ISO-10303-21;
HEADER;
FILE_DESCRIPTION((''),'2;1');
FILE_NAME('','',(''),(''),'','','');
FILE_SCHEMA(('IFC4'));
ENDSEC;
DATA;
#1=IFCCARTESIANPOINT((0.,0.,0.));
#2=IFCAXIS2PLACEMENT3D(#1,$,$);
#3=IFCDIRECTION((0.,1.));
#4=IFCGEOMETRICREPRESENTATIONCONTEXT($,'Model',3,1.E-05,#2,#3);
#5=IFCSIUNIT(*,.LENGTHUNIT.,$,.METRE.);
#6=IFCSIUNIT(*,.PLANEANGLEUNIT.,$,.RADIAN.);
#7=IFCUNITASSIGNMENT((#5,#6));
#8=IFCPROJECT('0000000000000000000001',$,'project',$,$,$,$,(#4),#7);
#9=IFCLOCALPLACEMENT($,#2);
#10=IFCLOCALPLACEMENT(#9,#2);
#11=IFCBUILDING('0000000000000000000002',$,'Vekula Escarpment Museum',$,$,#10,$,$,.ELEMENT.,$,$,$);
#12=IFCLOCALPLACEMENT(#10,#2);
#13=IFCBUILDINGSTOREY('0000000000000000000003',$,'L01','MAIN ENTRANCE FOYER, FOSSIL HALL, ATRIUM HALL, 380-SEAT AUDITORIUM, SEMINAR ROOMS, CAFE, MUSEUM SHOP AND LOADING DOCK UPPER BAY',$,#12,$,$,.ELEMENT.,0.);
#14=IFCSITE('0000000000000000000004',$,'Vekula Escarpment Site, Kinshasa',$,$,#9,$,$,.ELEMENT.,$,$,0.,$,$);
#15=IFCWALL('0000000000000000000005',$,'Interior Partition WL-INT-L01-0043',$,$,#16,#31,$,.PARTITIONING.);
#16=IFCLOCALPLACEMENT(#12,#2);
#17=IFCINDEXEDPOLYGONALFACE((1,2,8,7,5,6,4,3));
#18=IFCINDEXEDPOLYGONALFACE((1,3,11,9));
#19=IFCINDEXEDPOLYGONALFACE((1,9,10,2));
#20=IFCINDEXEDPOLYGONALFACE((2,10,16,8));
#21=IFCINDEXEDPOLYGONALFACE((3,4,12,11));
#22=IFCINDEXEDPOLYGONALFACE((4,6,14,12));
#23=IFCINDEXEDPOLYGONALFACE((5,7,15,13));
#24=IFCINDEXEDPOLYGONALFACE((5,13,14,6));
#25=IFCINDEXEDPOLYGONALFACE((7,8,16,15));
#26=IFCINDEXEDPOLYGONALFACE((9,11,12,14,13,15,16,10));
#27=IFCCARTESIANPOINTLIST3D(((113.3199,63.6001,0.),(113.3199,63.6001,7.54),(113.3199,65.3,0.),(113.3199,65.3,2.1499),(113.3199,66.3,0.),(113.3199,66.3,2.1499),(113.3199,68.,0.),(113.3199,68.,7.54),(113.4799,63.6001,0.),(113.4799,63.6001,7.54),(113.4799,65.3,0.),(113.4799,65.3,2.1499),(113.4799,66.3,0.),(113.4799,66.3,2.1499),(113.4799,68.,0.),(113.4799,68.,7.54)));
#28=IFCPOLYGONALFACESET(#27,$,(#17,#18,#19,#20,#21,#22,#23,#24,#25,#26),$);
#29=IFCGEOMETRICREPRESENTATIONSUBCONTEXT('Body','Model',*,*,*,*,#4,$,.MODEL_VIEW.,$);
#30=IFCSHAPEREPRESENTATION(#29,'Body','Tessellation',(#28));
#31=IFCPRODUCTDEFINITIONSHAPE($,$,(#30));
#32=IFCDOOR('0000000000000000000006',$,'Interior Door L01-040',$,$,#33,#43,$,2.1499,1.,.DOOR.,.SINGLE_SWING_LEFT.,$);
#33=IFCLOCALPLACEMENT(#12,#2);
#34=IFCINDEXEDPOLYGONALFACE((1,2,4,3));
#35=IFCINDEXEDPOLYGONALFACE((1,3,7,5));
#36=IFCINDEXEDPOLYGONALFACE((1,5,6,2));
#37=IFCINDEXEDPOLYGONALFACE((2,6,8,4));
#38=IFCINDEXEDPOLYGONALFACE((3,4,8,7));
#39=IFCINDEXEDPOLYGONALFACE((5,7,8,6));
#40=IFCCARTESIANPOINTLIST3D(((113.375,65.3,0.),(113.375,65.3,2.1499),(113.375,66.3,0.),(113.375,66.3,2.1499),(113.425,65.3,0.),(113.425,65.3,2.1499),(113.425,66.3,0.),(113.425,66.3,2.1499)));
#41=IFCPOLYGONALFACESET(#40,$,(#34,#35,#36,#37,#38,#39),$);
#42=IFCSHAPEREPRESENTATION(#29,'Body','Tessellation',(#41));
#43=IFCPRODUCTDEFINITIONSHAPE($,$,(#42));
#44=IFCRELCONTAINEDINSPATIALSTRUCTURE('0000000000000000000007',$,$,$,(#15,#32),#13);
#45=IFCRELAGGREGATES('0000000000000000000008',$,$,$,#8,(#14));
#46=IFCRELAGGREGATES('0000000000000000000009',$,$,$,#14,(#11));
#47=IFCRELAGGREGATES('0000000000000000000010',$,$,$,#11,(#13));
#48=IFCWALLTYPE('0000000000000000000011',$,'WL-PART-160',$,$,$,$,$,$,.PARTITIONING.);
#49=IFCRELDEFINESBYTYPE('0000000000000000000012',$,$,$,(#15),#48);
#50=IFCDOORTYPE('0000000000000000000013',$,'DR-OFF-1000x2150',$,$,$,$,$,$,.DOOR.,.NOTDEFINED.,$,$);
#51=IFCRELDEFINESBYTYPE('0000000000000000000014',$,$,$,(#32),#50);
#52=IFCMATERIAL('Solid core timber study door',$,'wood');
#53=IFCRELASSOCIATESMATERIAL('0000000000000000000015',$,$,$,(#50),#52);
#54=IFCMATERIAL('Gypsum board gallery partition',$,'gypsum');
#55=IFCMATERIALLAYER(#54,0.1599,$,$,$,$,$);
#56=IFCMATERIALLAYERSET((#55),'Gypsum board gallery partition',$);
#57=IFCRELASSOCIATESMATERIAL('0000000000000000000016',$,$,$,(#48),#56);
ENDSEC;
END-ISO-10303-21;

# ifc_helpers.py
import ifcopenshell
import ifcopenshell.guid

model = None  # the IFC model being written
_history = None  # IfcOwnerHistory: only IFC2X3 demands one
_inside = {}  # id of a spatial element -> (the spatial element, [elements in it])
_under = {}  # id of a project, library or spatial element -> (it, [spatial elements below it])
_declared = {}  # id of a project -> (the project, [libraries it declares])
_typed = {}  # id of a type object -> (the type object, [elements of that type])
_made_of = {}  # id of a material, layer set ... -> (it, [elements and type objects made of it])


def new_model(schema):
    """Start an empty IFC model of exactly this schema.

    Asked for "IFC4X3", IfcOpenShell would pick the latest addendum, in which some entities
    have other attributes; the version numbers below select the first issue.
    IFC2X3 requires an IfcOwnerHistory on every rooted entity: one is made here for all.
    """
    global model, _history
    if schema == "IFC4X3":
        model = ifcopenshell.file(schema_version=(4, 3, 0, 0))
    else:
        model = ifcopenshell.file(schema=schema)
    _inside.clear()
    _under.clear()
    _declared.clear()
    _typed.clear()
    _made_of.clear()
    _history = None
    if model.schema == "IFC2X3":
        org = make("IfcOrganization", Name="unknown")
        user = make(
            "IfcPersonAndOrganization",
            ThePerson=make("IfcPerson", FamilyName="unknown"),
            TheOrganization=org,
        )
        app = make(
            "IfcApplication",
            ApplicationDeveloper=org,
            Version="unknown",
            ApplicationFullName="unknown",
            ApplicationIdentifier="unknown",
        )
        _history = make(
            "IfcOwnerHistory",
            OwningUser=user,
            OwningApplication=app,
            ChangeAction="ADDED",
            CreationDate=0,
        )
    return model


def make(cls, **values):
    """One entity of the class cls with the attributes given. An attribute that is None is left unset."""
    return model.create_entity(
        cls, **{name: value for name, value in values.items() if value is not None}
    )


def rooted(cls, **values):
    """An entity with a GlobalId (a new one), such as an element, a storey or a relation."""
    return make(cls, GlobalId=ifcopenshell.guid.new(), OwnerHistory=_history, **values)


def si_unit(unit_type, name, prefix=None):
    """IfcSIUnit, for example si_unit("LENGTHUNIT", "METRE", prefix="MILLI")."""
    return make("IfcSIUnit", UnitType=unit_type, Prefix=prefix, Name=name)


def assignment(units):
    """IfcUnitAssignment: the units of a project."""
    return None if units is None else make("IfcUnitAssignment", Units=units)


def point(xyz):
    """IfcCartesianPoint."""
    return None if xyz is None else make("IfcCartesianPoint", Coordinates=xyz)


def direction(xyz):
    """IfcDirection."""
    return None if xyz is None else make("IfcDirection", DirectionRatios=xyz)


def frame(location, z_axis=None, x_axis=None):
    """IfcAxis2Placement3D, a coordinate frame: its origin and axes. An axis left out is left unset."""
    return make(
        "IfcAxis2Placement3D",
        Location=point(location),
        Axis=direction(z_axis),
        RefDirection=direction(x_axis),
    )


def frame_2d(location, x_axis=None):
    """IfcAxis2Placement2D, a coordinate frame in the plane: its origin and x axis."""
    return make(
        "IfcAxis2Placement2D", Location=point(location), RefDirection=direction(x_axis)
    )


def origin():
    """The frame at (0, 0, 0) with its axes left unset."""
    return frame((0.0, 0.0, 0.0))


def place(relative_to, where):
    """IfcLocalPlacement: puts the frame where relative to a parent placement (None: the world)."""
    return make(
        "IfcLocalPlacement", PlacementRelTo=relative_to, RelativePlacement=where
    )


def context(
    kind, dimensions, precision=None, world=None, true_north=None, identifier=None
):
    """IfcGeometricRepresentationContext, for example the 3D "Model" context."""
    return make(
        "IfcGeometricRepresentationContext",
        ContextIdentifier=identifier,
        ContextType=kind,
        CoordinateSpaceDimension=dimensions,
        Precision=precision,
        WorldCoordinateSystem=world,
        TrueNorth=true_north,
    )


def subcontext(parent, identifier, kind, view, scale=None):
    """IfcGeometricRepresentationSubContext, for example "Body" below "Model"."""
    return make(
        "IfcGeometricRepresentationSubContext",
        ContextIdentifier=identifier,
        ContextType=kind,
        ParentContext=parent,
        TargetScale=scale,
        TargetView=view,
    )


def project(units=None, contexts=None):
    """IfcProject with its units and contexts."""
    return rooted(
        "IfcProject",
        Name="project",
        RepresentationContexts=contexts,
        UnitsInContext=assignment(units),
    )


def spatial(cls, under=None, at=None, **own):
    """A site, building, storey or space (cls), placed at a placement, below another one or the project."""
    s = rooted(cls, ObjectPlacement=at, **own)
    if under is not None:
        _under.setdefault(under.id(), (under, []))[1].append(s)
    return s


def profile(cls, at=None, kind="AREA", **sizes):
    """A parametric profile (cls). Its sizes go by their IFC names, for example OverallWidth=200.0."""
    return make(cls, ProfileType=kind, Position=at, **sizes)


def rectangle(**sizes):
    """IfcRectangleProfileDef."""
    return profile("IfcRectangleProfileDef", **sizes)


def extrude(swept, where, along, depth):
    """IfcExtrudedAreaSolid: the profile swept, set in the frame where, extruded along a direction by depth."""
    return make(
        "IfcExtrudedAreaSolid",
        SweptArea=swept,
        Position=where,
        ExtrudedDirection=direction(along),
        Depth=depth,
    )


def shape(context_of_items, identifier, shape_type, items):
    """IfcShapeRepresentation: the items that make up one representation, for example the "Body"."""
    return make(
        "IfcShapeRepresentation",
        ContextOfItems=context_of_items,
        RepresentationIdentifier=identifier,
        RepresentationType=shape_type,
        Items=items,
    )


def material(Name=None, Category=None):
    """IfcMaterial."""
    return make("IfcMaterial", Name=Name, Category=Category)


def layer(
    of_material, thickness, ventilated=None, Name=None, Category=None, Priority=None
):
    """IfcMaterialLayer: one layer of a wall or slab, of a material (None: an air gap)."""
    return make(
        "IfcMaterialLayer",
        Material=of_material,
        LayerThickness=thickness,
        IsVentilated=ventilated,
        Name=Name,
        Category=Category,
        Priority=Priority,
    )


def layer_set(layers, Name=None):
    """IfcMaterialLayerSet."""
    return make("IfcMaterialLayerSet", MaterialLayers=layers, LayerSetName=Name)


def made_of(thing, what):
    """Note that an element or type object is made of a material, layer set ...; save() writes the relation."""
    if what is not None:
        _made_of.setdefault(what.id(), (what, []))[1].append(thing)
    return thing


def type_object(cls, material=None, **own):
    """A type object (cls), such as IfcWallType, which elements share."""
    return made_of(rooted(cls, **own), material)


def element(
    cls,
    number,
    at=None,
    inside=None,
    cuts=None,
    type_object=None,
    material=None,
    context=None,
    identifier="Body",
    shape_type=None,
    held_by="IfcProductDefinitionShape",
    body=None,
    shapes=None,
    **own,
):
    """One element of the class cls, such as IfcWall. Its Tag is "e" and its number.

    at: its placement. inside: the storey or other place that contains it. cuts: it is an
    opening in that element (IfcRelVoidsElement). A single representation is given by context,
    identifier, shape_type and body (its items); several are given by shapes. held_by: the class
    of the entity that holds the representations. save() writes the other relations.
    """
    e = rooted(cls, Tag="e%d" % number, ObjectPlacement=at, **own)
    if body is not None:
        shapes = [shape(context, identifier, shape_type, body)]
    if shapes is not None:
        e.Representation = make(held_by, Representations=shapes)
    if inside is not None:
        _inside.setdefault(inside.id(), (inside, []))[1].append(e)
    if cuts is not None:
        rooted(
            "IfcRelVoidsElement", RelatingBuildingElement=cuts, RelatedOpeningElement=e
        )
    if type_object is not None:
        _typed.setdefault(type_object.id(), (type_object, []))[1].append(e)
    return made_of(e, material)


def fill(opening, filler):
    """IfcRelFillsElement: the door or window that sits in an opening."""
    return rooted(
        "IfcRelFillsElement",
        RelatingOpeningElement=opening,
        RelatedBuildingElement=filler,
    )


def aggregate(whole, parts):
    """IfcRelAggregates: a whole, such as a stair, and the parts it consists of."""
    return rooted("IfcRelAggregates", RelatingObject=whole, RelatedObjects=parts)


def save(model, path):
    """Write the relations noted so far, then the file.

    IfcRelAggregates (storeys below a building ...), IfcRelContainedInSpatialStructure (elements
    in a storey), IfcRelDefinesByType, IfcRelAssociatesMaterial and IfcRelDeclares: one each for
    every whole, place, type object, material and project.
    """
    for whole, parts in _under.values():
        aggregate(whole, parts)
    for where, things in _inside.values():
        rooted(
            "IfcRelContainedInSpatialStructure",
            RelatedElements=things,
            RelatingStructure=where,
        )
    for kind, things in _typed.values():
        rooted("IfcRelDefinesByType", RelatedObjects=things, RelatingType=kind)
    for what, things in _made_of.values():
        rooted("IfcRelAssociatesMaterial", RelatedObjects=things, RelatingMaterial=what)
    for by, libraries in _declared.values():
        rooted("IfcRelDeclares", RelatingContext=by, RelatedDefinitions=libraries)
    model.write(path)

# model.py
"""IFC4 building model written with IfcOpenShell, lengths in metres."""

from ifc_helpers import new_model, si_unit, direction, frame, frame_2d, origin, place, context, subcontext, project, spatial, rectangle, extrude, material, layer, layer_set, type_object, element, fill, save


model = new_model("IFC4")

# Units and contexts
model_context = context("Model", 3, precision=1e-05, world=origin(), true_north=direction((0.0, 1.0)))
body_context = subcontext(model_context, "Body", "Model", "MODEL_VIEW")
ifc_project = project(units=[si_unit("LENGTHUNIT", "METRE"), si_unit("PLANEANGLEUNIT", "RADIAN")], contexts=[model_context])

# Site, building, storey
site_placement = place(None, origin())
site = spatial("IfcSite", under=ifc_project, at=site_placement, Name="Vekula Escarpment Site, Kinshasa", CompositionType="ELEMENT", RefElevation=0.0)
building_placement = place(site_placement, origin())
building = spatial("IfcBuilding", under=site, at=building_placement, Name="Vekula Escarpment Museum", CompositionType="ELEMENT")
storey_placement = place(building_placement, origin())
storey = spatial("IfcBuildingStorey", under=building, at=storey_placement, Name="L01", Description="MAIN ENTRANCE FOYER, FOSSIL HALL, ATRIUM HALL, 380-SEAT AUDITORIUM, SEMINAR ROOMS, CAFE, MUSEUM SHOP AND LOADING DOCK UPPER BAY", CompositionType="ELEMENT", Elevation=0.0)

# Wall, opening, door
ifc_material_1 = material(Name="Solid core timber study door", Category="wood")
door_type_1 = type_object("IfcDoorType", Name="DR-OFF-1000x2150", OperationType="NOTDEFINED", PredefinedType="DOOR", material=ifc_material_1)
ifc_material_2 = material(Name="Gypsum board gallery partition", Category="gypsum")
ifc_layer_1 = layer(ifc_material_2, 0.1599)
ifc_layer_set_1 = layer_set([ifc_layer_1], Name="Gypsum board gallery partition")
wall_type_1 = type_object("IfcWallType", Name="WL-PART-160", PredefinedType="PARTITIONING", material=ifc_layer_set_1)
wall_1_placement = place(storey_placement, frame((113.3999, 63.6001, 0.0), z_axis=(0.0, 0.0, 1.0), x_axis=(0.0, 1.0, 0.0)))
wall_1 = element("IfcWall", 1, at=wall_1_placement, inside=storey, type_object=wall_type_1, Name="Interior Partition WL-INT-L01-0043", PredefinedType="PARTITIONING", context=body_context, shape_type="SweptSolid", body=[
    extrude(rectangle(XDim=4.3999, YDim=0.1599, at=frame_2d((2.2, 0.0))), origin(), (0.0, 0.0, 1.0), 7.54),
])
opening_1_placement = place(wall_1_placement, frame((1.7, 0.0, 0.0)))
opening_1 = element("IfcOpeningElement", 2, at=opening_1_placement, cuts=wall_1, PredefinedType="OPENING", context=body_context, shape_type="SweptSolid", body=[
    extrude(rectangle(XDim=1.0, YDim=2.1499, at=frame_2d((0.5, 1.075))), frame((0.0, 0.0898, 0.0), z_axis=(0.0, -1.0, 0.0), x_axis=(1.0, 0.0, 0.0)), (0.0, 0.0, 1.0), 0.1799),
])
door_1_placement = place(opening_1_placement, origin())
door_1 = element("IfcDoor", 3, at=door_1_placement, inside=storey, type_object=door_type_1, Name="Interior Door L01-040", OperationType="SINGLE_SWING_LEFT", OverallHeight=2.1499, OverallWidth=1.0, PredefinedType="DOOR", context=body_context, shape_type="SweptSolid", body=[
    extrude(rectangle(XDim=1.0, YDim=2.1499, at=frame_2d((0.5, 1.075))), frame((0.0, 0.0249, 0.0), z_axis=(0.0, -1.0, 0.0), x_axis=(1.0, 0.0, 0.0)), (0.0, 0.0, 1.0), 0.05),
])
fill(opening_1, door_1)

save(model, "model.ifc")
